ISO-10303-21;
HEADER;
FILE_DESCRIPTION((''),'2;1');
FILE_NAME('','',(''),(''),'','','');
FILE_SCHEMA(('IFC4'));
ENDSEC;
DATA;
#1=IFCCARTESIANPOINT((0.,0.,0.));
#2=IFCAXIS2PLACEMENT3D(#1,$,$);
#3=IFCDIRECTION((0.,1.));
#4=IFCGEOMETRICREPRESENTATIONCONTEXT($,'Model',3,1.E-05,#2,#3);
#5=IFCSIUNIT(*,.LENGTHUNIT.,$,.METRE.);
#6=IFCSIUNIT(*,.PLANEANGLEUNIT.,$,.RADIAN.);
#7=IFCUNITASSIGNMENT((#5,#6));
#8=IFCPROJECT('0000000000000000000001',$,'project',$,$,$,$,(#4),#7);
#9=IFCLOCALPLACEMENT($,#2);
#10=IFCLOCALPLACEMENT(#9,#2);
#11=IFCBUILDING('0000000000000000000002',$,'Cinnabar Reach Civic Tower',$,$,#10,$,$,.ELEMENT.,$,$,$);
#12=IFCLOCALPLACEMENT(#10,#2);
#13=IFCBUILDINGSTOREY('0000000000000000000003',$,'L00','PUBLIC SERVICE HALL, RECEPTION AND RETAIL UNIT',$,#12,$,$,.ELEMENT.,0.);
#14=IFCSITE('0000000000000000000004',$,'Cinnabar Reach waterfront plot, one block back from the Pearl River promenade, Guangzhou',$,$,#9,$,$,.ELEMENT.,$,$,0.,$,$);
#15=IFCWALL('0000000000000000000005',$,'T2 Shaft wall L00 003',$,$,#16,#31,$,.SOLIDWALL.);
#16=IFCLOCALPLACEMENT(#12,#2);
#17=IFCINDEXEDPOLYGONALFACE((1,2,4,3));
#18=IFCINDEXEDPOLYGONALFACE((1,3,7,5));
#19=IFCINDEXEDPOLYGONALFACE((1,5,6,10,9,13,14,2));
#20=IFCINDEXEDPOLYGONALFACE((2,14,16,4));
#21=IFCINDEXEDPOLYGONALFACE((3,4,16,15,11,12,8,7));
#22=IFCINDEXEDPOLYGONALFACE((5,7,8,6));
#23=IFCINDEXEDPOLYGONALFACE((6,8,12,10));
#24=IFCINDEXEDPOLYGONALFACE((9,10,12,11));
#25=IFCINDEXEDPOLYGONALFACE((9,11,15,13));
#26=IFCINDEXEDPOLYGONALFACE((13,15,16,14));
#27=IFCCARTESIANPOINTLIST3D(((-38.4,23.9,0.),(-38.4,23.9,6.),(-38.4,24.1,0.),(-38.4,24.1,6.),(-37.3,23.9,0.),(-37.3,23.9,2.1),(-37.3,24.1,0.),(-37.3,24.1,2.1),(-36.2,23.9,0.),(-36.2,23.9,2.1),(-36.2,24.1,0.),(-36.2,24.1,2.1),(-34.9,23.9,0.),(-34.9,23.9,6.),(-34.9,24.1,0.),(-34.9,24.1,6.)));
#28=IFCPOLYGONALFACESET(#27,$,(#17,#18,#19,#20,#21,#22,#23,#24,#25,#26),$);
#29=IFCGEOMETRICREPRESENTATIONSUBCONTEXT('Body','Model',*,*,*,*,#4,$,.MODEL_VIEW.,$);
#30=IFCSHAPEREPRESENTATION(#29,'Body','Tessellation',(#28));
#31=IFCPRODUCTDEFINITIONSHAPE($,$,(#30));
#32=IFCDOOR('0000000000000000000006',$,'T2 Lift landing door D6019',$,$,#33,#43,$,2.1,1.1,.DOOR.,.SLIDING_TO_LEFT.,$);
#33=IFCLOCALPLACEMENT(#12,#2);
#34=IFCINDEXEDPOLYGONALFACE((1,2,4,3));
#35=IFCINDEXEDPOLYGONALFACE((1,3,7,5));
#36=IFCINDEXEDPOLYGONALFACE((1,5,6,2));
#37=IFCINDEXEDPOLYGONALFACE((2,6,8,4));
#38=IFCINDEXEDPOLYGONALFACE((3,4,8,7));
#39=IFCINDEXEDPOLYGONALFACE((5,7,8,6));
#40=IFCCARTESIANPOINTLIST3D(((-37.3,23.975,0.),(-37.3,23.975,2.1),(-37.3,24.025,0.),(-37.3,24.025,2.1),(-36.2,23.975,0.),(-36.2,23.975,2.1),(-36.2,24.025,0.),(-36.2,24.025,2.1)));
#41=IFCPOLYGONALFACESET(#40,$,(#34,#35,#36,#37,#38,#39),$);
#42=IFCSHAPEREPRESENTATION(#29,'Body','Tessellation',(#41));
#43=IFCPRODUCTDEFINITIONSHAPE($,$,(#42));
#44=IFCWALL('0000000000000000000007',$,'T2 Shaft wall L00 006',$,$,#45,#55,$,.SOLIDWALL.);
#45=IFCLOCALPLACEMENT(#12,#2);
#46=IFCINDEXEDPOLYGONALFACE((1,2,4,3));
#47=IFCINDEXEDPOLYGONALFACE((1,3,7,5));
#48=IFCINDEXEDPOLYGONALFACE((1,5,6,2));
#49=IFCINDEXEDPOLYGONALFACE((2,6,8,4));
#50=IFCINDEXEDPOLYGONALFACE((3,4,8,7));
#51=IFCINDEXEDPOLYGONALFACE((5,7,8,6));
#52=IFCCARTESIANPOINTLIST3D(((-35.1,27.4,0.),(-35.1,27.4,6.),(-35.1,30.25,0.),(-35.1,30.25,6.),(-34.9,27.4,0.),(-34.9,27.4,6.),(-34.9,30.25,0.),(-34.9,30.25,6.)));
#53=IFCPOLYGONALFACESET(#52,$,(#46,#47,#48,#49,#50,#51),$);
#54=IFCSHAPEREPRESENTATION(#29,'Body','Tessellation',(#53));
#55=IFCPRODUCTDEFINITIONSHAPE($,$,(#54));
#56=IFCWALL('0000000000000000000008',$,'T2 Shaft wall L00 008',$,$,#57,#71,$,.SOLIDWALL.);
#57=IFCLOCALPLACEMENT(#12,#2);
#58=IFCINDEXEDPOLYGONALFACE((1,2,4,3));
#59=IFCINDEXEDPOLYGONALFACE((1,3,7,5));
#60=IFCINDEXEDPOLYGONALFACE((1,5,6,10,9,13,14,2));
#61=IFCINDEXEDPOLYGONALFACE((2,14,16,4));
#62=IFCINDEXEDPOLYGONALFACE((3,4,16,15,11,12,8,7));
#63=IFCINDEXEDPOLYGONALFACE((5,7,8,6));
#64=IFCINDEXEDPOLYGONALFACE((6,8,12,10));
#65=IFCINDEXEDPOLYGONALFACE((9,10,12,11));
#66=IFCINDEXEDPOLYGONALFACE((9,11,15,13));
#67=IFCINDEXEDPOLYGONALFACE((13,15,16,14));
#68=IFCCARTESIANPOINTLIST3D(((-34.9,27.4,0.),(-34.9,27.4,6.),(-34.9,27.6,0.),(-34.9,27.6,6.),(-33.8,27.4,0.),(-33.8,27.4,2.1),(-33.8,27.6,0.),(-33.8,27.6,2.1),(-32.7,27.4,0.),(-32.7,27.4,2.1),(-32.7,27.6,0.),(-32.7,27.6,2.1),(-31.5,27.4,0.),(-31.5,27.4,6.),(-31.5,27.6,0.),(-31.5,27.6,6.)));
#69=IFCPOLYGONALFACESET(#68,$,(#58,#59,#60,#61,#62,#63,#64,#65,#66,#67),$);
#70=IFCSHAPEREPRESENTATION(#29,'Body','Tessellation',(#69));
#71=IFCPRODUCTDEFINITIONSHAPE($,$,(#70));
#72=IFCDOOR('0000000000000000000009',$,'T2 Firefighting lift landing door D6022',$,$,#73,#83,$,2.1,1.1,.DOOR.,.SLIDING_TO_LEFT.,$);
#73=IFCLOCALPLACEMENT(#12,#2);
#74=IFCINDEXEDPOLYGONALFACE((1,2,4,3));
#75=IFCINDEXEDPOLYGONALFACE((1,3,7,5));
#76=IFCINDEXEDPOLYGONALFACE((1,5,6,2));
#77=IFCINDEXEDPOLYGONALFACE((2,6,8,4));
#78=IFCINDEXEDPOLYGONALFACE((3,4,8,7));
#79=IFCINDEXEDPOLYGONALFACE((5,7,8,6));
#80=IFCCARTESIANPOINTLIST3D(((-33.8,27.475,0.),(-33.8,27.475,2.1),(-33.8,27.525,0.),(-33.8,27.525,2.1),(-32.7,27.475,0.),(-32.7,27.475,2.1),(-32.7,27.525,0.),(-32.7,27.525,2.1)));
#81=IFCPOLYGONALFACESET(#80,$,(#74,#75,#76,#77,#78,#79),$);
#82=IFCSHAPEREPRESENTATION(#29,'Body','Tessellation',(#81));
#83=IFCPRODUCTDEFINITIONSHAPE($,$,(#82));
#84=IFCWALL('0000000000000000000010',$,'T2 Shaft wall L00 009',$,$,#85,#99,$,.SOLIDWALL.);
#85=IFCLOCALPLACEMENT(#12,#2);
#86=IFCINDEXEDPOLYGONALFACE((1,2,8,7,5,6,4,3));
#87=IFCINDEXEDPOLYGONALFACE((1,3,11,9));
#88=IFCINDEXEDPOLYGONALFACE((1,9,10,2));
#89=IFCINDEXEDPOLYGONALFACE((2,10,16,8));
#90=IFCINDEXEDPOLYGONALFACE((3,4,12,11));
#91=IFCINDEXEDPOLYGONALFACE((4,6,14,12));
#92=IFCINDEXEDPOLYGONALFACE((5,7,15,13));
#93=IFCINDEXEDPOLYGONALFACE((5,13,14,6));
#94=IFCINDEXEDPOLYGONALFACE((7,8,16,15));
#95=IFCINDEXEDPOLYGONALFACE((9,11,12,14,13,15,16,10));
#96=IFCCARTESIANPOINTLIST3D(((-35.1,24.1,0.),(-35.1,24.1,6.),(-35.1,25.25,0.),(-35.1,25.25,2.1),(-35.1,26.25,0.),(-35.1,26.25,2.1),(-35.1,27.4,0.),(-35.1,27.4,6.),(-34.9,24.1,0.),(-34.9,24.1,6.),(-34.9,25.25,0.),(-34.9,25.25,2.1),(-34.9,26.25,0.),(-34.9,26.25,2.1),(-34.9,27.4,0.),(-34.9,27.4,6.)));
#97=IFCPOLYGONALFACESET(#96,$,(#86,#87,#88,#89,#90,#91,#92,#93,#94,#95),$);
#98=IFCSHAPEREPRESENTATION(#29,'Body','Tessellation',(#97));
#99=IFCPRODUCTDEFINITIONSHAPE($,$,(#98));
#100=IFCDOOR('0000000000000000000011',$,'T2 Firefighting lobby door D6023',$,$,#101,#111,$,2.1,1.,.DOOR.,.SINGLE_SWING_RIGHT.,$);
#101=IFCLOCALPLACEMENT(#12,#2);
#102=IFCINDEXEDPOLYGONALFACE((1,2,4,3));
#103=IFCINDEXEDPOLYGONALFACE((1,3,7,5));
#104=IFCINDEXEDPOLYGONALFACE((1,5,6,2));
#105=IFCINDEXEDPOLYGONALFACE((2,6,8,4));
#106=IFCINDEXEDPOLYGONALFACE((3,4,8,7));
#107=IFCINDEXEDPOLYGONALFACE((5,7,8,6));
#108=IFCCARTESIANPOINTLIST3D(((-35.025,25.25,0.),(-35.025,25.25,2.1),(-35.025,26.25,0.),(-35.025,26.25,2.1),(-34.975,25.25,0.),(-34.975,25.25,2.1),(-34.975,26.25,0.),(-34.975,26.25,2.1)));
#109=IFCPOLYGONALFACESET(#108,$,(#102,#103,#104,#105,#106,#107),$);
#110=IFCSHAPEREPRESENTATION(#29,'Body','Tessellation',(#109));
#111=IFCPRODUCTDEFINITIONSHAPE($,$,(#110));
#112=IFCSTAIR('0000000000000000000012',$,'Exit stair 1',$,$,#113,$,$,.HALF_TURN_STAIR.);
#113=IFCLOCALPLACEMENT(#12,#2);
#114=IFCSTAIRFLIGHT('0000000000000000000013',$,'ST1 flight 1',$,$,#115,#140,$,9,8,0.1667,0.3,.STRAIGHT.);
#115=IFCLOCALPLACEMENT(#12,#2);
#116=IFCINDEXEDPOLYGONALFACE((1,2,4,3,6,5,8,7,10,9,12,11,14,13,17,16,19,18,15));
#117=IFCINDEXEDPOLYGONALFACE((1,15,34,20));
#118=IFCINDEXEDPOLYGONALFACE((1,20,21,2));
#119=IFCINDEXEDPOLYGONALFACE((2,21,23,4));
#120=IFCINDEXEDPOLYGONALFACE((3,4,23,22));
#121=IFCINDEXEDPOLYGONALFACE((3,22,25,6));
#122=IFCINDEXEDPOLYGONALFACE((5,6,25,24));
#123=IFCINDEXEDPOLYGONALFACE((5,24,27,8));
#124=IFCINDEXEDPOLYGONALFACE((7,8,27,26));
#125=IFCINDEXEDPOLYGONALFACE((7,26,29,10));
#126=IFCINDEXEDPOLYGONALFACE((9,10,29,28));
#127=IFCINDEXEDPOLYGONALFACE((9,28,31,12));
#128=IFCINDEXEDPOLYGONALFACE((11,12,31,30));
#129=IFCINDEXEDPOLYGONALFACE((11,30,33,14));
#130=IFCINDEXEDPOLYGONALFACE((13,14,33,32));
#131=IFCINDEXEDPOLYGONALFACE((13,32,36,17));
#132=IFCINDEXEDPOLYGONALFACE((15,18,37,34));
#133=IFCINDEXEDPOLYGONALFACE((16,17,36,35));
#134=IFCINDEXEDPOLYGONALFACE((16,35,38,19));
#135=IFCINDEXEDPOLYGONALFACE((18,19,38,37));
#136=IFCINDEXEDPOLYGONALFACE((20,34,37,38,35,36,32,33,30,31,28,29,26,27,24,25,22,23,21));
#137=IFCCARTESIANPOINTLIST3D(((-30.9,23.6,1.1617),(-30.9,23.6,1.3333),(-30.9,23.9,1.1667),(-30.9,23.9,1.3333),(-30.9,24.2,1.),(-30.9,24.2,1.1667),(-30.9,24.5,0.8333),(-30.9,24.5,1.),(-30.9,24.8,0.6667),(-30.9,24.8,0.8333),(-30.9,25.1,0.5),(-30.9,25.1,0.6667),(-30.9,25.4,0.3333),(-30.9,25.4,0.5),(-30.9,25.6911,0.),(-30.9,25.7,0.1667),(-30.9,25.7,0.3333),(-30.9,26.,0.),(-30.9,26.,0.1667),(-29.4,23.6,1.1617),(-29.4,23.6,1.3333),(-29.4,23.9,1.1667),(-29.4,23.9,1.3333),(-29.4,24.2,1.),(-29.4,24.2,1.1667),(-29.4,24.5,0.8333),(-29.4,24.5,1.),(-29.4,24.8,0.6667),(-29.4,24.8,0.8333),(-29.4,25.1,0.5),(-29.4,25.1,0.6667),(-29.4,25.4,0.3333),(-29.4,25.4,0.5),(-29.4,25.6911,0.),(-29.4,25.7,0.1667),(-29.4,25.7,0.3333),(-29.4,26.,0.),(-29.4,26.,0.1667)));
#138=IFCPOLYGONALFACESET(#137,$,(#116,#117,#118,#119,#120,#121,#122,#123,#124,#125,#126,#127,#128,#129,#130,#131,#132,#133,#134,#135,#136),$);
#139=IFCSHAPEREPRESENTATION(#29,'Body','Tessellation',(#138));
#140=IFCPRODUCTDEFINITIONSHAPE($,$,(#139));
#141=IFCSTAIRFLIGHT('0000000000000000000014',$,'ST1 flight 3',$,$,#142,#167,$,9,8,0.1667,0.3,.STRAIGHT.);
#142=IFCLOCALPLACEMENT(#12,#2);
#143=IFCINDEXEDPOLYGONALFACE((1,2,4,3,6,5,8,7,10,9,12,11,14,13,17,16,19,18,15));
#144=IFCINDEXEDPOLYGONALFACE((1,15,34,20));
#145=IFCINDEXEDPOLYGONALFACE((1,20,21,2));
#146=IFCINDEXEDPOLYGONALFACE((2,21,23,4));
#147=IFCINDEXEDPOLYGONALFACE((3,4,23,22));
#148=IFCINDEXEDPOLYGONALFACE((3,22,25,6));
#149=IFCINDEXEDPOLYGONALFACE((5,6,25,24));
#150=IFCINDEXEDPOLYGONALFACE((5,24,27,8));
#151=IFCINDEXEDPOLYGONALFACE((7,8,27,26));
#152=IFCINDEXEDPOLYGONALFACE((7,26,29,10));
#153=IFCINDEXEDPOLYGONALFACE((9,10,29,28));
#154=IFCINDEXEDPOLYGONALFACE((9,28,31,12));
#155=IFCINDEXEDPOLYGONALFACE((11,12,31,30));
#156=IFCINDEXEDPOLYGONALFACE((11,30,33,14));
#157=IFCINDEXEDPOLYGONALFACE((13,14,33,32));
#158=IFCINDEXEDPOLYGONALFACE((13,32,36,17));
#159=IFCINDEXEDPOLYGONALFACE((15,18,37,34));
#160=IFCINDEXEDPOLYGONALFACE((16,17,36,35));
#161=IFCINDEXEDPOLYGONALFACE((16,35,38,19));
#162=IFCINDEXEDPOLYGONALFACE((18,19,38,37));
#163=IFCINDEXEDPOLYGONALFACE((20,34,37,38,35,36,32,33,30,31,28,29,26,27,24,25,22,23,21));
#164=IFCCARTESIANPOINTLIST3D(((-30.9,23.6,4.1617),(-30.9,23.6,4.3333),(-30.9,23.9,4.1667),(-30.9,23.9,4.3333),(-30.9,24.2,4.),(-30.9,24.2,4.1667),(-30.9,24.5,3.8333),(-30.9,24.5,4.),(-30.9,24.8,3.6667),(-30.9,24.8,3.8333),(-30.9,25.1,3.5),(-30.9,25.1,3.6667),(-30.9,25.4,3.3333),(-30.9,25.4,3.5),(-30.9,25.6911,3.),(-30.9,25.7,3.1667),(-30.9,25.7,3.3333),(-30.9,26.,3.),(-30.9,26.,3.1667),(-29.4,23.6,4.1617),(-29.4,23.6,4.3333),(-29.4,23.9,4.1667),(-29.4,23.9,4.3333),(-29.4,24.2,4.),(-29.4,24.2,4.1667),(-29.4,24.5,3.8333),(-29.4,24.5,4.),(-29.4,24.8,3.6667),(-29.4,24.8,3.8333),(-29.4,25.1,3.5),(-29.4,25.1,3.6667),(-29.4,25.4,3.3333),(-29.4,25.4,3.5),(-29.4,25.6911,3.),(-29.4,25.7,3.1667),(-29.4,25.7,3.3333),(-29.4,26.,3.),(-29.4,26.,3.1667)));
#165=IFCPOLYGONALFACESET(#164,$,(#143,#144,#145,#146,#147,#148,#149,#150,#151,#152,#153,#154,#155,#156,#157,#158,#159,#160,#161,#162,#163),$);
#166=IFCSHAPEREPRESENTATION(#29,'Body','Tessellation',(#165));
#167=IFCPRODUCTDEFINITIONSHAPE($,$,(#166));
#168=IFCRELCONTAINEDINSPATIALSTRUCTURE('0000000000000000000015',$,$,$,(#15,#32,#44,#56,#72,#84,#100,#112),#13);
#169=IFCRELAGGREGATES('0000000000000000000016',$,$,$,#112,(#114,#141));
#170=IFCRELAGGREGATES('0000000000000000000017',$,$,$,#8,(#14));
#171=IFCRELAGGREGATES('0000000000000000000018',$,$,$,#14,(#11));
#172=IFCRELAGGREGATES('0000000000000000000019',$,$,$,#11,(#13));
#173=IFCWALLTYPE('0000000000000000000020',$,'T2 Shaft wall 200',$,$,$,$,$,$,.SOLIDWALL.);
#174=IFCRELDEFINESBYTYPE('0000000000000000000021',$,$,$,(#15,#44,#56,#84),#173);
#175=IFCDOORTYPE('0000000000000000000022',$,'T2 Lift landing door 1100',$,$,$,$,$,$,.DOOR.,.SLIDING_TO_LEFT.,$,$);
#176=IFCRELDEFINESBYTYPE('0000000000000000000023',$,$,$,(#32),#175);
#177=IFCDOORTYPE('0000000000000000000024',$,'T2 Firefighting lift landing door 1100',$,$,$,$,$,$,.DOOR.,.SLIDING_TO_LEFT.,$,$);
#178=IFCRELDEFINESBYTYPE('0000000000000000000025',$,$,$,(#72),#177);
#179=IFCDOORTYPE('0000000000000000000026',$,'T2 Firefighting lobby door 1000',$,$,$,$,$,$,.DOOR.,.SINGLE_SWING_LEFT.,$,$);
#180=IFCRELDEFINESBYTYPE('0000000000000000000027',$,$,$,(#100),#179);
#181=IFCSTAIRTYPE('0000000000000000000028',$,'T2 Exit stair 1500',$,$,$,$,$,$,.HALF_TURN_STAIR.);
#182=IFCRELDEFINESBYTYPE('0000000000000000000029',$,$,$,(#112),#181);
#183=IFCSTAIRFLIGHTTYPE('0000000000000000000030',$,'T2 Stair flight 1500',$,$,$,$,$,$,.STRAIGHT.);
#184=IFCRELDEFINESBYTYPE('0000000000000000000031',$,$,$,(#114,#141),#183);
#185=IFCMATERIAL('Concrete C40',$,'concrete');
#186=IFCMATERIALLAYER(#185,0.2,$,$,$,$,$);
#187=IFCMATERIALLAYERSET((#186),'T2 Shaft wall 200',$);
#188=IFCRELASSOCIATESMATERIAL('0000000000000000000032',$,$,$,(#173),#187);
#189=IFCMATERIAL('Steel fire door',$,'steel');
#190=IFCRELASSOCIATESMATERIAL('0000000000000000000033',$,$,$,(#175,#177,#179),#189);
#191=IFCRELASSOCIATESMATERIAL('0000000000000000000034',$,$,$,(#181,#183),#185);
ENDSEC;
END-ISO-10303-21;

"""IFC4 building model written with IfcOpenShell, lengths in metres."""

from ifc_helpers import new_model, si_unit, direction, frame, frame_2d, origin, place, context, subcontext, project, spatial, polyline, rectangle, outline, extrude, material, layer, layer_set, type_object, element, fill, aggregate, save


model = new_model("IFC4")

# Units and contexts
model_context = context("Model", 3, precision=1e-05, world=origin(), true_north=direction((0.0, 1.0)))
body_context = subcontext(model_context, "Body", "Model", "MODEL_VIEW")
ifc_project = project(units=[si_unit("LENGTHUNIT", "METRE"), si_unit("PLANEANGLEUNIT", "RADIAN")], contexts=[model_context])

# Site, building, storey
site_placement = place(None, origin())
site = spatial("IfcSite", under=ifc_project, at=site_placement, Name="Cinnabar Reach waterfront plot, one block back from the Pearl River promenade, Guangzhou", CompositionType="ELEMENT", RefElevation=0.0)
building_placement = place(site_placement, origin())
building = spatial("IfcBuilding", under=site, at=building_placement, Name="Cinnabar Reach Civic Tower", CompositionType="ELEMENT")
storey_placement = place(building_placement, origin())
storey = spatial("IfcBuildingStorey", under=building, at=storey_placement, Name="L00", Description="PUBLIC SERVICE HALL, RECEPTION AND RETAIL UNIT", CompositionType="ELEMENT", Elevation=0.0)

# Shared definitions
ifc_material_1 = material(Name="Steel fire door", Category="steel")

# Shared definitions
ifc_material_2 = material(Name="Concrete C40", Category="concrete")

# Wall, opening, door
ifc_layer_1 = layer(ifc_material_2, 0.2)
ifc_layer_set_1 = layer_set([ifc_layer_1], Name="T2 Shaft wall 200")
wall_type_1 = type_object("IfcWallType", Name="T2 Shaft wall 200", PredefinedType="SOLIDWALL", material=ifc_layer_set_1)
wall_1_placement = place(storey_placement, frame((-34.9, 24.0, 0.0), z_axis=(0.0, 0.0, 1.0), x_axis=(-1.0, 0.0, 0.0)))
wall_1 = element("IfcWall", 1, at=wall_1_placement, inside=storey, type_object=wall_type_1, Name="T2 Shaft wall L00 003", PredefinedType="SOLIDWALL", context=body_context, shape_type="SweptSolid", body=[
    extrude(rectangle(XDim=3.5, YDim=0.2, at=frame_2d((1.75, 0.0))), origin(), (0.0, 0.0, 1.0), 6.0),
])
opening_1_placement = place(wall_1_placement, frame((1.3, 0.0, 0.0)))
opening_1 = element("IfcOpeningElement", 2, at=opening_1_placement, cuts=wall_1, PredefinedType="OPENING", context=body_context, shape_type="SweptSolid", body=[
    extrude(rectangle(XDim=1.1, YDim=2.1, at=frame_2d((0.55, 1.05))), frame((0.0, 0.11, 0.0), z_axis=(0.0, -1.0, 0.0), x_axis=(1.0, 0.0, 0.0)), (0.0, 0.0, 1.0), 0.22),
])
door_type_1 = type_object("IfcDoorType", Name="T2 Lift landing door 1100", OperationType="SLIDING_TO_LEFT", PredefinedType="DOOR", material=ifc_material_1)
door_1_placement = place(opening_1_placement, origin())
door_1 = element("IfcDoor", 3, at=door_1_placement, inside=storey, type_object=door_type_1, Name="T2 Lift landing door D6019", OperationType="SLIDING_TO_LEFT", OverallHeight=2.1, OverallWidth=1.1, PredefinedType="DOOR", context=body_context, shape_type="SweptSolid", body=[
    extrude(rectangle(XDim=1.1, YDim=2.1, at=frame_2d((0.55, 1.05))), frame((0.0, 0.025, 0.0), z_axis=(0.0, -1.0, 0.0), x_axis=(1.0, 0.0, 0.0)), (0.0, 0.0, 1.0), 0.05),
])
fill(opening_1, door_1)

# Wall
wall_2_placement = place(storey_placement, frame((-35.0, 27.4, 0.0), z_axis=(0.0, 0.0, 1.0), x_axis=(0.0, 1.0, 0.0)))
element("IfcWall", 4, at=wall_2_placement, inside=storey, type_object=wall_type_1, Name="T2 Shaft wall L00 006", PredefinedType="SOLIDWALL", context=body_context, shape_type="SweptSolid", body=[
    extrude(rectangle(XDim=2.85, YDim=0.2, at=frame_2d((1.425, 0.0))), origin(), (0.0, 0.0, 1.0), 6.0),
])

# Walls, openings, doors
wall_3_placement = place(storey_placement, frame((-34.9, 27.5, 0.0), z_axis=(0.0, 0.0, 1.0), x_axis=(1.0, 0.0, 0.0)))
wall_3 = element("IfcWall", 5, at=wall_3_placement, inside=storey, type_object=wall_type_1, Name="T2 Shaft wall L00 008", PredefinedType="SOLIDWALL", context=body_context, shape_type="SweptSolid", body=[
    extrude(rectangle(XDim=3.4, YDim=0.2, at=frame_2d((1.7, 0.0))), origin(), (0.0, 0.0, 1.0), 6.0),
])
opening_2_placement = place(wall_3_placement, frame((1.1, 0.0, 0.0)))
opening_2 = element("IfcOpeningElement", 6, at=opening_2_placement, cuts=wall_3, PredefinedType="OPENING", context=body_context, shape_type="SweptSolid", body=[
    extrude(rectangle(XDim=1.1, YDim=2.1, at=frame_2d((0.55, 1.05))), frame((0.0, 0.11, 0.0), z_axis=(0.0, -1.0, 0.0), x_axis=(1.0, 0.0, 0.0)), (0.0, 0.0, 1.0), 0.22),
])
door_type_2 = type_object("IfcDoorType", Name="T2 Firefighting lift landing door 1100", OperationType="SLIDING_TO_LEFT", PredefinedType="DOOR", material=ifc_material_1)
door_2_placement = place(opening_2_placement, origin())
door_2 = element("IfcDoor", 7, at=door_2_placement, inside=storey, type_object=door_type_2, Name="T2 Firefighting lift landing door D6022", OperationType="SLIDING_TO_LEFT", OverallHeight=2.1, OverallWidth=1.1, PredefinedType="DOOR", context=body_context, shape_type="SweptSolid", body=[
    extrude(rectangle(XDim=1.1, YDim=2.1, at=frame_2d((0.55, 1.05))), frame((0.0, 0.025, 0.0), z_axis=(0.0, -1.0, 0.0), x_axis=(1.0, 0.0, 0.0)), (0.0, 0.0, 1.0), 0.05),
])
fill(opening_2, door_2)
wall_4_placement = place(storey_placement, frame((-35.0, 24.1, 0.0), z_axis=(0.0, 0.0, 1.0), x_axis=(0.0, 1.0, 0.0)))
wall_4 = element("IfcWall", 8, at=wall_4_placement, inside=storey, type_object=wall_type_1, Name="T2 Shaft wall L00 009", PredefinedType="SOLIDWALL", context=body_context, shape_type="SweptSolid", body=[
    extrude(rectangle(XDim=3.3, YDim=0.2, at=frame_2d((1.65, 0.0))), origin(), (0.0, 0.0, 1.0), 6.0),
])
opening_3_placement = place(wall_4_placement, frame((1.15, 0.0, 0.0)))
opening_3 = element("IfcOpeningElement", 9, at=opening_3_placement, cuts=wall_4, PredefinedType="OPENING", context=body_context, shape_type="SweptSolid", body=[
    extrude(rectangle(XDim=1.0, YDim=2.1, at=frame_2d((0.5, 1.05))), frame((0.0, 0.11, 0.0), z_axis=(0.0, -1.0, 0.0), x_axis=(1.0, 0.0, 0.0)), (0.0, 0.0, 1.0), 0.22),
])
door_type_3 = type_object("IfcDoorType", Name="T2 Firefighting lobby door 1000", OperationType="SINGLE_SWING_LEFT", PredefinedType="DOOR", material=ifc_material_1)
door_3_placement = place(opening_3_placement, origin())
door_3 = element("IfcDoor", 10, at=door_3_placement, inside=storey, type_object=door_type_3, Name="T2 Firefighting lobby door D6023", OperationType="SINGLE_SWING_RIGHT", OverallHeight=2.1, OverallWidth=1.0, PredefinedType="DOOR", context=body_context, shape_type="SweptSolid", body=[
    extrude(rectangle(XDim=1.0, YDim=2.1, at=frame_2d((0.5, 1.05))), frame((0.0, 0.025, 0.0), z_axis=(0.0, -1.0, 0.0), x_axis=(1.0, 0.0, 0.0)), (0.0, 0.0, 1.0), 0.05),
])
fill(opening_3, door_3)

# Stair, stair flights
stair_type = type_object("IfcStairType", Name="T2 Exit stair 1500", PredefinedType="HALF_TURN_STAIR", material=ifc_material_2)
stair_placement = place(storey_placement, origin())
stair = element("IfcStair", 11, at=stair_placement, inside=storey, type_object=stair_type, Name="Exit stair 1", PredefinedType="HALF_TURN_STAIR")
stair_flight_type = type_object("IfcStairFlightType", Name="T2 Stair flight 1500", PredefinedType="STRAIGHT", material=ifc_material_2)
stair_flight_1_placement = place(storey_placement, frame((-30.15, 26.0, 0.0), z_axis=(0.0, 0.0, 1.0), x_axis=(0.0, -1.0, 0.0)))
stair_flight_1 = element("IfcStairFlight", 12, at=stair_flight_1_placement, type_object=stair_flight_type, Name="ST1 flight 1", NumberOfRisers=9, NumberOfTreads=8, PredefinedType="STRAIGHT", RiserHeight=0.1667, TreadLength=0.3, context=body_context, shape_type="SweptSolid", body=[
    extrude(outline(polyline([(0.0, 0.0), (0.0, 0.1667), (0.3, 0.1667), (0.3, 0.3333), (0.6, 0.3333), (0.6, 0.5), (0.9, 0.5), (0.9, 0.6667), (1.2, 0.6667), (1.2, 0.8333), (1.5, 0.8333), (1.5, 1.0), (1.8, 1.0), (1.8, 1.1667), (2.1, 1.1667), (2.1, 1.3333), (2.4, 1.3333), (2.4, 1.5), (2.4, 1.1617), (0.3089, 0.0), (0.0, 0.0)])), frame((0.0, 0.75, 0.0), z_axis=(0.0, -1.0, 0.0), x_axis=(1.0, 0.0, 0.0)), (0.0, 0.0, 1.0), 1.5),
])
stair_flight_2_placement = place(storey_placement, frame((-30.15, 26.0, 3.0), z_axis=(0.0, 0.0, 1.0), x_axis=(0.0, -1.0, 0.0)))
stair_flight_2 = element("IfcStairFlight", 13, at=stair_flight_2_placement, type_object=stair_flight_type, Name="ST1 flight 3", NumberOfRisers=9, NumberOfTreads=8, PredefinedType="STRAIGHT", RiserHeight=0.1667, TreadLength=0.3, context=body_context, shape_type="SweptSolid", body=[
    extrude(outline(polyline([(0.0, 0.0), (0.0, 0.1667), (0.3, 0.1667), (0.3, 0.3333), (0.6, 0.3333), (0.6, 0.5), (0.9, 0.5), (0.9, 0.6667), (1.2, 0.6667), (1.2, 0.8333), (1.5, 0.8333), (1.5, 1.0), (1.8, 1.0), (1.8, 1.1667), (2.1, 1.1667), (2.1, 1.3333), (2.4, 1.3333), (2.4, 1.5), (2.4, 1.1617), (0.3089, 0.0), (0.0, 0.0)])), frame((0.0, 0.75, 0.0), z_axis=(0.0, -1.0, 0.0), x_axis=(1.0, 0.0, 0.0)), (0.0, 0.0, 1.0), 1.5),
])
aggregate(stair, [stair_flight_1, stair_flight_2])

save(model, "model.ifc")
